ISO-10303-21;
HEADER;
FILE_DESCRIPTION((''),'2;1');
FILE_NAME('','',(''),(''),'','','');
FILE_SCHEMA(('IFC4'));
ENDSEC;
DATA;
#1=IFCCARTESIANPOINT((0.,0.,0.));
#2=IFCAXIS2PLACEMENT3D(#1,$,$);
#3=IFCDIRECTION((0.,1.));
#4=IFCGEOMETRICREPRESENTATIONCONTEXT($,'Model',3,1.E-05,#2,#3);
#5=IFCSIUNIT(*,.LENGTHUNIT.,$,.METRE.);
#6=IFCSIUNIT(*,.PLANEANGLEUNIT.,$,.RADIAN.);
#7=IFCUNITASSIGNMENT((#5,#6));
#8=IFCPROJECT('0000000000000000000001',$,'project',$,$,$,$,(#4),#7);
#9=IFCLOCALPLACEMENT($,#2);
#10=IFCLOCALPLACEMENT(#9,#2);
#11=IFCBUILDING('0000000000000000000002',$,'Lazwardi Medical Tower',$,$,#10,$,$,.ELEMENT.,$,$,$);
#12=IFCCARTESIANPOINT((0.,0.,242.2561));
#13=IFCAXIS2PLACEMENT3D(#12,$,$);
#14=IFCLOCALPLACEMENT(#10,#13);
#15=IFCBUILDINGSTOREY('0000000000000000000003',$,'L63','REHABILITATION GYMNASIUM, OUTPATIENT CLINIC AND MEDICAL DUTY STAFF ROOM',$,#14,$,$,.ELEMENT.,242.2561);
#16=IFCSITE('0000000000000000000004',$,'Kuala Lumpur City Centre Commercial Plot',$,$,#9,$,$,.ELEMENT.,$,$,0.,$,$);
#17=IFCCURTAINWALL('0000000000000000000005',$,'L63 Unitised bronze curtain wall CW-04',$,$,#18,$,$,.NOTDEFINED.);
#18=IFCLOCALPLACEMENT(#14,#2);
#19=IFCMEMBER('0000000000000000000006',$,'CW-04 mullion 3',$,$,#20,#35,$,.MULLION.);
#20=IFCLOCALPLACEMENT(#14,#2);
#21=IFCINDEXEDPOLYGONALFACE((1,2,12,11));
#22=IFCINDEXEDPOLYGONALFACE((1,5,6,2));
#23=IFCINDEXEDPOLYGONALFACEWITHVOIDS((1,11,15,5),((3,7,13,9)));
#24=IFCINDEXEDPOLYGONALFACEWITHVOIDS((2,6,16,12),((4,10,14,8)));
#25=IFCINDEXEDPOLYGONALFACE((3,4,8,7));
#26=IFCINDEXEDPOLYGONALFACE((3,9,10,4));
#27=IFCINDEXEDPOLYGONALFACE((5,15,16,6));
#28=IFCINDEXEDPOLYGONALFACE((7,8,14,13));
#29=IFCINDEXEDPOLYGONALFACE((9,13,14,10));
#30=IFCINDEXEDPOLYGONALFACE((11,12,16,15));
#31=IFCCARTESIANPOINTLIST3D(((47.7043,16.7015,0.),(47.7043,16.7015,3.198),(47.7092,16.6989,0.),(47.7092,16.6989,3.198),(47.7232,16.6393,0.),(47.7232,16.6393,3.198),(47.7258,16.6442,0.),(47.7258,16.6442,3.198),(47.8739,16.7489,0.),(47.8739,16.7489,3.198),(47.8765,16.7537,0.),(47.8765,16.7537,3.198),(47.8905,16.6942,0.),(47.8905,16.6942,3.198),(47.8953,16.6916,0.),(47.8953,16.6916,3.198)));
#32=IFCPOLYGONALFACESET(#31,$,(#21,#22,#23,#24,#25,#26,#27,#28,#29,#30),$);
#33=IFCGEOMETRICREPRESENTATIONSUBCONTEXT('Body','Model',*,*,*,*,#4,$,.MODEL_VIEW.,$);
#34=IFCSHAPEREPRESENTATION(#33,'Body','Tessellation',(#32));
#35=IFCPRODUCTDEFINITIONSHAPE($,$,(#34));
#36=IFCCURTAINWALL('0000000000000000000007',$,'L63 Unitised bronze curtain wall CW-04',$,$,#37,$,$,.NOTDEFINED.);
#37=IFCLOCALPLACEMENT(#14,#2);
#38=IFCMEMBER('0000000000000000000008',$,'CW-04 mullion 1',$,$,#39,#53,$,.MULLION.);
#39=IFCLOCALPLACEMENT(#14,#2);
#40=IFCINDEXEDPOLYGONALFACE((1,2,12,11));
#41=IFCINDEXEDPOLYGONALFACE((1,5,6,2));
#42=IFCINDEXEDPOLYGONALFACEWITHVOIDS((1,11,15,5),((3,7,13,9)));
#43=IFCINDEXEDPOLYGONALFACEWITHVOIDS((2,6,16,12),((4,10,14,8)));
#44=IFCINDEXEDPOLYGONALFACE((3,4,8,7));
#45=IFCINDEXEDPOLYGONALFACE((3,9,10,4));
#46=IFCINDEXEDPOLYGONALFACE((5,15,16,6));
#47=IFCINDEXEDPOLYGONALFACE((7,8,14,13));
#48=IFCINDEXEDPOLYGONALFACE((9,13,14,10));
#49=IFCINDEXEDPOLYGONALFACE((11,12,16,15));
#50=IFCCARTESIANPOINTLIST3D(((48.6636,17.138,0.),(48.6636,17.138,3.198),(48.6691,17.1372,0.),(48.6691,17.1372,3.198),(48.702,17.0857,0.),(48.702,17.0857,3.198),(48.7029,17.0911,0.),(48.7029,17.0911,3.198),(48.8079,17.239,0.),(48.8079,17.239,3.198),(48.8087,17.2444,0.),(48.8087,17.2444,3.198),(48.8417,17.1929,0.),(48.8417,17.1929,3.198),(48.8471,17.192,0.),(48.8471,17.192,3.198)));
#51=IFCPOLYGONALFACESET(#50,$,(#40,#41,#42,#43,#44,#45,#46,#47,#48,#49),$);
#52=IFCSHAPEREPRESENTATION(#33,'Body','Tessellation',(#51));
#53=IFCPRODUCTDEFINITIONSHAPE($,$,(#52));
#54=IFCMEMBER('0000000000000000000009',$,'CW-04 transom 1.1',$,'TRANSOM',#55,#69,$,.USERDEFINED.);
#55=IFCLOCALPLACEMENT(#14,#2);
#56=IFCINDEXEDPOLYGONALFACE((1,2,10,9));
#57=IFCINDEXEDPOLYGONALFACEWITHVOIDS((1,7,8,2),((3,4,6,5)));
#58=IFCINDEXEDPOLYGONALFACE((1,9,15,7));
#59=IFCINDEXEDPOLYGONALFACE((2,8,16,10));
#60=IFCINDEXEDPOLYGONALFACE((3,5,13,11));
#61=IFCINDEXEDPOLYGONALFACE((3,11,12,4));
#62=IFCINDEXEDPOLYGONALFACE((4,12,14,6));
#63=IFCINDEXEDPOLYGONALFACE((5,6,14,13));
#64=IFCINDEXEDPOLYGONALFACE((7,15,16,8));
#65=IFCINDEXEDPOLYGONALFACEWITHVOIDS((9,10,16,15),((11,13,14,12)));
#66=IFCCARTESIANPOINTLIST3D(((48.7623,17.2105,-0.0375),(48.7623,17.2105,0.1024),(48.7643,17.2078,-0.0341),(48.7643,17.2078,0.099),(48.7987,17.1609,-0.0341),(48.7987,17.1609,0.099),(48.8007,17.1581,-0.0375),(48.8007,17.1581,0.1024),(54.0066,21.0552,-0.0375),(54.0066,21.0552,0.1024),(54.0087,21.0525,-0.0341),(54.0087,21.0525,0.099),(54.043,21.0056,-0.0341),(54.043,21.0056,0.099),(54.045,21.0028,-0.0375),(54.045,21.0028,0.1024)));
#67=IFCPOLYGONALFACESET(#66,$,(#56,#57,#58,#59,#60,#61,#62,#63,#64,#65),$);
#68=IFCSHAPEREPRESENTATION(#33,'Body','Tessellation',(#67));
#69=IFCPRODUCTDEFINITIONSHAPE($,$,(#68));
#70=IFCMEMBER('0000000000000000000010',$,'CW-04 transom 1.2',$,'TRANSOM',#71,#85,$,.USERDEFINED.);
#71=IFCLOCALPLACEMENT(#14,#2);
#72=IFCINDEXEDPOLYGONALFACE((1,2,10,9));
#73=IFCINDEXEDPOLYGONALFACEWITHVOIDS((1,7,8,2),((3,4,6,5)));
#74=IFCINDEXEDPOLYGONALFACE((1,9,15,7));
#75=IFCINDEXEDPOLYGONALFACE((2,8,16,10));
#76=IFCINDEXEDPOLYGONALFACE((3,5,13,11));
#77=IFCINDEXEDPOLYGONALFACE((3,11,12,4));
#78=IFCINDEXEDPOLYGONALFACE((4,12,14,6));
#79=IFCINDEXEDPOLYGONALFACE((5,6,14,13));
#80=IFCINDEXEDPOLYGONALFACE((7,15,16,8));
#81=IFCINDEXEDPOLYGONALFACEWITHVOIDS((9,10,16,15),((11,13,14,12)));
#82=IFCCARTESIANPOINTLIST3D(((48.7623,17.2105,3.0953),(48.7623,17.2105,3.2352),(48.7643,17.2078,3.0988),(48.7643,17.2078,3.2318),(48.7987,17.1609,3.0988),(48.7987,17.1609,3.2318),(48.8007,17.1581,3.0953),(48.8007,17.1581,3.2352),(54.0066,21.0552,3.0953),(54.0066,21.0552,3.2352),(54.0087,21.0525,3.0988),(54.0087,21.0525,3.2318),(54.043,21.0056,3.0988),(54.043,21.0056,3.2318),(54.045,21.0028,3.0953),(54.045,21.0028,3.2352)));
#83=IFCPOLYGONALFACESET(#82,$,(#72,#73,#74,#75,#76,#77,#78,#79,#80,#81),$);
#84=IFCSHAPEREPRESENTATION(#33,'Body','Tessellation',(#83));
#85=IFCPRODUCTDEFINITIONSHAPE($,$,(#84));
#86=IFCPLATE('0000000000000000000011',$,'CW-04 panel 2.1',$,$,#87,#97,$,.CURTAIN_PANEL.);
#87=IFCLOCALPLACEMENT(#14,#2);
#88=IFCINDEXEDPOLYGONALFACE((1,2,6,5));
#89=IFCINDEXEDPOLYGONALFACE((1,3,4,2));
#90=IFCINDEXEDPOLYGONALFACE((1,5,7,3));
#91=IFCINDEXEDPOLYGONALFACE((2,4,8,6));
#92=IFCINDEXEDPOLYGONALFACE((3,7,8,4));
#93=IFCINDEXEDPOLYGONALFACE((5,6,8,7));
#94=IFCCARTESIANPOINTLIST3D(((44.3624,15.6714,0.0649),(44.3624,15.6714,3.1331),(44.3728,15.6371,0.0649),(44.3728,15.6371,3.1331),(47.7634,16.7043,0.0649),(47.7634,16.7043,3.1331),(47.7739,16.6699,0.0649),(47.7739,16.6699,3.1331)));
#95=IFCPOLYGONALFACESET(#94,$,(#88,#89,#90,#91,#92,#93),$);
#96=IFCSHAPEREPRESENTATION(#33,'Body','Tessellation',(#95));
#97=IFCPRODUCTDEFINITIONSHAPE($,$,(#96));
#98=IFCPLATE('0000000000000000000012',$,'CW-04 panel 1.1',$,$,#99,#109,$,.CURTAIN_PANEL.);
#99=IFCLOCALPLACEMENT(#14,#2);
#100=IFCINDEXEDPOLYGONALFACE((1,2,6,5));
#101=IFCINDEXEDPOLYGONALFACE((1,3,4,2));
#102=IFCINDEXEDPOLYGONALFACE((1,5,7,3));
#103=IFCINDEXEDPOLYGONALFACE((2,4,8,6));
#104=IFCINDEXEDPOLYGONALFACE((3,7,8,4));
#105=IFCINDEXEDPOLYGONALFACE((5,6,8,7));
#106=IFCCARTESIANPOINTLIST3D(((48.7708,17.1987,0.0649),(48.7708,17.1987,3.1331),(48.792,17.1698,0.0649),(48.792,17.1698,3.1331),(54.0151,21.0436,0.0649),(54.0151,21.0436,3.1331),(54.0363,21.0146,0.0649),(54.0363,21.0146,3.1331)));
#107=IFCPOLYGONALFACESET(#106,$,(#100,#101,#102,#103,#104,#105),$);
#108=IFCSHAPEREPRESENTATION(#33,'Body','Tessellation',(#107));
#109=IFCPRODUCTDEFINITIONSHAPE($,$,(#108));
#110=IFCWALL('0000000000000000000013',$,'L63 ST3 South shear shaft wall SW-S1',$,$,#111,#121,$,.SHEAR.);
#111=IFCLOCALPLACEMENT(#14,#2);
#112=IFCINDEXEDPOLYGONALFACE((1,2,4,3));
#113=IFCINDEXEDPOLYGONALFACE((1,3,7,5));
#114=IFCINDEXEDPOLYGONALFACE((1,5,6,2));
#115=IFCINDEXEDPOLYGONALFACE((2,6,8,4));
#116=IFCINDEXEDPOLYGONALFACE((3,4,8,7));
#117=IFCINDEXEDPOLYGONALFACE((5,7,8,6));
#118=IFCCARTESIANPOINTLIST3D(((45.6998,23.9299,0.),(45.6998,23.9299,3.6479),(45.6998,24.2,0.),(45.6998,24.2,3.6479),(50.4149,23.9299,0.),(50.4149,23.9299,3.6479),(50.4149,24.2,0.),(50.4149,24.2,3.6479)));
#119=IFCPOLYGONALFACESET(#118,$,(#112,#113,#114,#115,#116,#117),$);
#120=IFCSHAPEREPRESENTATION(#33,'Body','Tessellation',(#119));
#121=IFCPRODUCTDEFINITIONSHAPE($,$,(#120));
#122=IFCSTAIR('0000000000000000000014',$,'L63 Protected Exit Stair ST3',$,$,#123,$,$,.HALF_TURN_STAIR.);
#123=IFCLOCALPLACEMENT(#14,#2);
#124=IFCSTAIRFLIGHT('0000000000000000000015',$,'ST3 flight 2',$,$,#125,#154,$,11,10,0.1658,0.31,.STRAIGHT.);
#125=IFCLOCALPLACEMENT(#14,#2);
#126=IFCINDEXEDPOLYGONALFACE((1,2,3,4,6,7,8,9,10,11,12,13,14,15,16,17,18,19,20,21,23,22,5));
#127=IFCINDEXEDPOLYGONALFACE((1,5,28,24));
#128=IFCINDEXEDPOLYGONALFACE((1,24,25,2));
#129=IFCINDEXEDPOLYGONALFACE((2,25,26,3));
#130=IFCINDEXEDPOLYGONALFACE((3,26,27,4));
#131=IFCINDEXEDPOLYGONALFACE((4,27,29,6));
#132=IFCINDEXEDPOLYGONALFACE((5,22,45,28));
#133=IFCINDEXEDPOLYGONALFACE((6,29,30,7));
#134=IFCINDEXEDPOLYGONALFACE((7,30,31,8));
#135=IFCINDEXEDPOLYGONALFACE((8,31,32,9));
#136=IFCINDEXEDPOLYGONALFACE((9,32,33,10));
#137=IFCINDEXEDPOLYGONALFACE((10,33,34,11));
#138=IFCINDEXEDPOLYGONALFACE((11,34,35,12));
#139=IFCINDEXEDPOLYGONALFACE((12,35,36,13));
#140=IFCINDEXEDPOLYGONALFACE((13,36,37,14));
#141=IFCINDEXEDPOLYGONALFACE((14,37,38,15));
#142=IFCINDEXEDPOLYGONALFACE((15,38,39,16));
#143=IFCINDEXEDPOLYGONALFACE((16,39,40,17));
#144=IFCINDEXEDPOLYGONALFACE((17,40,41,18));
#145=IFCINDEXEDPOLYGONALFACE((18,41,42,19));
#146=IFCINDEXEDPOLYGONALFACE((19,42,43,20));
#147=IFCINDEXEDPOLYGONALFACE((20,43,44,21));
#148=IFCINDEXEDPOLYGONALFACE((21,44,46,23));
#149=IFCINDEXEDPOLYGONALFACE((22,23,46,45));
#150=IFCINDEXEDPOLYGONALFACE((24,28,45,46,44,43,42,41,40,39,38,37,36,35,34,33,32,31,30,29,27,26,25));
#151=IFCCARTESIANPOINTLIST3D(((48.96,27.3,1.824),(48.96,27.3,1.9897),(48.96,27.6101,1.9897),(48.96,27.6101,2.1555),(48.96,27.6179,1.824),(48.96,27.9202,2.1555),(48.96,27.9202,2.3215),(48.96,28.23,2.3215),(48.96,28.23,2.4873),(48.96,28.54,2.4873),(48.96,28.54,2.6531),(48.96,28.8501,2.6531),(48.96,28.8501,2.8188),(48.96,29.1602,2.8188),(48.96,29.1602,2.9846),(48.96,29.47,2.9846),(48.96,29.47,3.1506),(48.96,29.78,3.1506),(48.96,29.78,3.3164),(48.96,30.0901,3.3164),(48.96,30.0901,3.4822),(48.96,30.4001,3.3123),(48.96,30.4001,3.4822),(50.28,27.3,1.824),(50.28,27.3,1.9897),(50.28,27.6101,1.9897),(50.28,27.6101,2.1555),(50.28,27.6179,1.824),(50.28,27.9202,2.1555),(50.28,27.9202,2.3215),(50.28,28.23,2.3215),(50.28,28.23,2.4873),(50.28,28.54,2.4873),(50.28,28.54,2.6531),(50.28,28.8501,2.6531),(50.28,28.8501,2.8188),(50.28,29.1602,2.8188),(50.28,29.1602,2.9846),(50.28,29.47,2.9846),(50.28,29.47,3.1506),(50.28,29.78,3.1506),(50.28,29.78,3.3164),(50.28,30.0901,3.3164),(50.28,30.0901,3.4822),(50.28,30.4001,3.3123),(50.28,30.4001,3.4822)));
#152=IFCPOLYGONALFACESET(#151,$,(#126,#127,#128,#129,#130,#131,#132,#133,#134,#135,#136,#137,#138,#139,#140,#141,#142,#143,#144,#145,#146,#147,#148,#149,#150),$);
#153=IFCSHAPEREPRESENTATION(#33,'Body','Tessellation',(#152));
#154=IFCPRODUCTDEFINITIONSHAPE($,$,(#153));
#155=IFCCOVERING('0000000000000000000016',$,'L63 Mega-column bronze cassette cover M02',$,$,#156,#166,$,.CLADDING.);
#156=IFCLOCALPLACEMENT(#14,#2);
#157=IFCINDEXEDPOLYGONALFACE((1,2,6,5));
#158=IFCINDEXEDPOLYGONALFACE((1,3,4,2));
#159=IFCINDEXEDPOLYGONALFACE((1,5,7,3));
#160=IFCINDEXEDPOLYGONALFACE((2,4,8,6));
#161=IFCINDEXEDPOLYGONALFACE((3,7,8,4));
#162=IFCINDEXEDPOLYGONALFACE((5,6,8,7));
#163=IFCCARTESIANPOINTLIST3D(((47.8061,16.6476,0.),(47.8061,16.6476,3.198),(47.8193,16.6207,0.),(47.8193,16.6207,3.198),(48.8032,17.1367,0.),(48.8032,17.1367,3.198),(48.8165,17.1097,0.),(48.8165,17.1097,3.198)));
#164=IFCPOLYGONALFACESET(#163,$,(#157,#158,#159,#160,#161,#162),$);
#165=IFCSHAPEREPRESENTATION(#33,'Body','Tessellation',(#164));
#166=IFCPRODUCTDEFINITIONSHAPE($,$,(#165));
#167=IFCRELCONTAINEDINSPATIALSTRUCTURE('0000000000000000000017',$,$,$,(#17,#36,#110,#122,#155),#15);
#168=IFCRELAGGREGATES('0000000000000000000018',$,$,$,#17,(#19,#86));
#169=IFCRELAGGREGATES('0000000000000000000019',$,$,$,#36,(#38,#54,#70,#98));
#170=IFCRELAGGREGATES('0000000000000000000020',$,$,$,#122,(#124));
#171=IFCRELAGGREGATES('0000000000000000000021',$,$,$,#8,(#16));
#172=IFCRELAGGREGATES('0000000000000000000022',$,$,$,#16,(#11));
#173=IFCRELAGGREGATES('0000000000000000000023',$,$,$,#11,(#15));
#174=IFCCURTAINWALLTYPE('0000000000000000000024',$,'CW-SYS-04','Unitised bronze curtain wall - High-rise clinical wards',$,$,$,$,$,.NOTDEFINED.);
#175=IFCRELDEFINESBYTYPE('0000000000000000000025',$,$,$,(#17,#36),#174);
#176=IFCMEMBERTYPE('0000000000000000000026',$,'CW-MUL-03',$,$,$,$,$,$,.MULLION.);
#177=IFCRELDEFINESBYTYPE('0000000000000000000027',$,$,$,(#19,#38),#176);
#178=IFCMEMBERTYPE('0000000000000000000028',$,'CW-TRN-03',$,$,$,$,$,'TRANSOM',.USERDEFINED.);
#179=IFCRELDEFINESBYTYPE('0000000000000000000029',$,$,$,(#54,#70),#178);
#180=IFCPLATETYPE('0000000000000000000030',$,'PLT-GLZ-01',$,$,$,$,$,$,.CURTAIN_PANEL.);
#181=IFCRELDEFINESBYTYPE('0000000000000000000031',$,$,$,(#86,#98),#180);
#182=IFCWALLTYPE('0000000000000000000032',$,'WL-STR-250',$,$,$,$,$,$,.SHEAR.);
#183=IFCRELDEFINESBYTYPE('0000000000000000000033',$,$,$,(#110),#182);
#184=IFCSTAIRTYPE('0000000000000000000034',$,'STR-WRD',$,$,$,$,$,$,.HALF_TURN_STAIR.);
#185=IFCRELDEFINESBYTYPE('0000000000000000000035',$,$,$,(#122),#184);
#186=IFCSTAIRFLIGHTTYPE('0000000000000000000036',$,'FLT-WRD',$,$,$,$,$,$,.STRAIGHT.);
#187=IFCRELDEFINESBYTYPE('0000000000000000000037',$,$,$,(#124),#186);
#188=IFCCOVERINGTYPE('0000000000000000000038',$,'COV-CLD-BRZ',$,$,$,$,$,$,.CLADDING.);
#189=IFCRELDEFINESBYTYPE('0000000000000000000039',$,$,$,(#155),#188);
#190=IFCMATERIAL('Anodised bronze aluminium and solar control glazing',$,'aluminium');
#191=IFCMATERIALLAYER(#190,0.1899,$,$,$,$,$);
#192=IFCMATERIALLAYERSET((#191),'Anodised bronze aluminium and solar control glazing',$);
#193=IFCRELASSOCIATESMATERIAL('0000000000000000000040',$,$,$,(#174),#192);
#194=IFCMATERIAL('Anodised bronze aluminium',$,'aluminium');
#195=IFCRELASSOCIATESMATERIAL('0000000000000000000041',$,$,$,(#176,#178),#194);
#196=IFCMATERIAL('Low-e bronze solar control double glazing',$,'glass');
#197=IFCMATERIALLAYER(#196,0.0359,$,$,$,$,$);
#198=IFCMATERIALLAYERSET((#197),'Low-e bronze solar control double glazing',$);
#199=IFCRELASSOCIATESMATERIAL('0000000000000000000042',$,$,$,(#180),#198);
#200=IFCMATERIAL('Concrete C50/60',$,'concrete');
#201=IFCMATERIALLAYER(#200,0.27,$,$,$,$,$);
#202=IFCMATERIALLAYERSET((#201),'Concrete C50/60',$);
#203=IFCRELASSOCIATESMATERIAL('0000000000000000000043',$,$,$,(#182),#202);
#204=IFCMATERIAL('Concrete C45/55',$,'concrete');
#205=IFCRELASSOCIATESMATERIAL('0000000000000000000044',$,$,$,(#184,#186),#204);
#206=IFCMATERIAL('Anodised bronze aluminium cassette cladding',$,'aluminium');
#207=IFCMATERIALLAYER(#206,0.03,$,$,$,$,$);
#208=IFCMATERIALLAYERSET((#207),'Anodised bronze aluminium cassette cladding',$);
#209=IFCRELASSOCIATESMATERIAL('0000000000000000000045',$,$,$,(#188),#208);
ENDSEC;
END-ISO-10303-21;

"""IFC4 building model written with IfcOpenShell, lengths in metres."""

from ifc_helpers import new_model, si_unit, direction, frame, frame_2d, origin, origin_2d, place, context, subcontext, project, spatial, polyline, rectangle, hollow_rectangle, outline, extrude, material, layer, layer_set, material_profile, profile_set, type_object, element, aggregate, save


model = new_model("IFC4")

# Units and contexts
model_context = context("Model", 3, precision=1e-05, world=origin(), true_north=direction((0.0, 1.0)))
body_context = subcontext(model_context, "Body", "Model", "MODEL_VIEW")
ifc_project = project(units=[si_unit("LENGTHUNIT", "METRE"), si_unit("PLANEANGLEUNIT", "RADIAN")], contexts=[model_context])

# Site, building, storey
site_placement = place(None, origin())
site = spatial("IfcSite", under=ifc_project, at=site_placement, Name="Kuala Lumpur City Centre Commercial Plot", CompositionType="ELEMENT", RefElevation=0.0)
building_placement = place(site_placement, origin())
building = spatial("IfcBuilding", under=site, at=building_placement, Name="Lazwardi Medical Tower", CompositionType="ELEMENT")
storey_placement = place(building_placement, frame((0.0, 0.0, 242.2561)))
storey = spatial("IfcBuildingStorey", under=building, at=storey_placement, Name="L63", Description="REHABILITATION GYMNASIUM, OUTPATIENT CLINIC AND MEDICAL DUTY STAFF ROOM", CompositionType="ELEMENT", Elevation=242.2561)

# Curtain wall, member
ifc_material_1 = material(Name="Anodised bronze aluminium and solar control glazing", Category="aluminium")
ifc_layer_1 = layer(ifc_material_1, 0.1899)
ifc_layer_set_1 = layer_set([ifc_layer_1], Name="Anodised bronze aluminium and solar control glazing")
curtain_wall_type = type_object("IfcCurtainWallType", Name="CW-SYS-04", Description="Unitised bronze curtain wall - High-rise clinical wards", PredefinedType="NOTDEFINED", material=ifc_layer_set_1)
curtain_wall_1_placement = place(storey_placement, origin())
curtain_wall_1 = element("IfcCurtainWall", 1, at=curtain_wall_1_placement, inside=storey, type_object=curtain_wall_type, Name="L63 Unitised bronze curtain wall CW-04", PredefinedType="NOTDEFINED")
ifc_material_2 = material(Name="Anodised bronze aluminium", Category="aluminium")
ifc_material_profile_1 = material_profile(ifc_material_2, hollow_rectangle(XDim=0.0649, YDim=0.1799, WallThickness=0.0039, at=origin_2d()), Name="ALU-MULLION 180x65x4")
ifc_profile_set_1 = profile_set([ifc_material_profile_1], Name="Anodised bronze aluminium")
member_type_1 = type_object("IfcMemberType", Name="CW-MUL-03", PredefinedType="MULLION", material=ifc_profile_set_1)
member_1_placement = place(storey_placement, frame((47.7998, 16.6965, 0.0), z_axis=(0.0, 0.0, 1.0), x_axis=(-0.290582, 0.95685, 0.0)))
member_1 = element("IfcMember", 2, at=member_1_placement, type_object=member_type_1, Name="CW-04 mullion 3", PredefinedType="MULLION", context=body_context, shape_type="SweptSolid", body=[
    extrude(hollow_rectangle(XDim=0.0649, YDim=0.1799, WallThickness=0.0039, at=origin_2d()), origin(), (0.0, 0.0, 1.0), 3.198),
])

# Curtain wall, members
curtain_wall_2_placement = place(storey_placement, origin())
curtain_wall_2 = element("IfcCurtainWall", 3, at=curtain_wall_2_placement, inside=storey, type_object=curtain_wall_type, Name="L63 Unitised bronze curtain wall CW-04", PredefinedType="NOTDEFINED")
member_2_placement = place(storey_placement, frame((48.7554, 17.165, 0.0), z_axis=(0.0, 0.0, 1.0), x_axis=(-0.591268, 0.806475, 0.0)))
member_2 = element("IfcMember", 4, at=member_2_placement, type_object=member_type_1, Name="CW-04 mullion 1", PredefinedType="MULLION", context=body_context, shape_type="SweptSolid", body=[
    extrude(hollow_rectangle(XDim=0.0649, YDim=0.1799, WallThickness=0.0039, at=origin_2d()), origin(), (0.0, 0.0, 1.0), 3.198),
])
ifc_material_profile_2 = material_profile(ifc_material_2, hollow_rectangle(XDim=0.0649, YDim=0.1399, WallThickness=0.0034, at=origin_2d()), Name="ALU-TRANSOM 140x65x3.5")
ifc_profile_set_2 = profile_set([ifc_material_profile_2], Name="Anodised bronze aluminium")
member_type_2 = type_object("IfcMemberType", Name="CW-TRN-03", ElementType="TRANSOM", PredefinedType="USERDEFINED", material=ifc_profile_set_2)
member_3_placement = place(storey_placement, frame((48.7815, 17.1843, 0.0325), z_axis=(0.80649, 0.591248, 0.0), x_axis=(-0.591248, 0.80649, 0.0)))
member_3 = element("IfcMember", 5, at=member_3_placement, type_object=member_type_2, Name="CW-04 transom 1.1", ObjectType="TRANSOM", PredefinedType="USERDEFINED", context=body_context, shape_type="SweptSolid", body=[
    extrude(hollow_rectangle(XDim=0.0649, YDim=0.1399, WallThickness=0.0034, at=origin_2d()), origin(), (0.0, 0.0, 1.0), 6.5027),
])
member_4_placement = place(storey_placement, frame((48.7815, 17.1843, 3.1653), z_axis=(0.80649, 0.591248, 0.0), x_axis=(-0.591248, 0.80649, 0.0)))
member_4 = element("IfcMember", 6, at=member_4_placement, type_object=member_type_2, Name="CW-04 transom 1.2", ObjectType="TRANSOM", PredefinedType="USERDEFINED", context=body_context, shape_type="SweptSolid", body=[
    extrude(hollow_rectangle(XDim=0.0649, YDim=0.1399, WallThickness=0.0034, at=origin_2d()), origin(), (0.0, 0.0, 1.0), 6.5027),
])

# Plates
ifc_material_3 = material(Name="Low-e bronze solar control double glazing", Category="glass")
ifc_layer_2 = layer(ifc_material_3, 0.0359)
ifc_layer_set_2 = layer_set([ifc_layer_2], Name="Low-e bronze solar control double glazing")
plate_type = type_object("IfcPlateType", Name="PLT-GLZ-01", PredefinedType="CURTAIN_PANEL", material=ifc_layer_set_2)
plate_1_placement = place(storey_placement, frame((46.0681, 16.1707, 0.0649), z_axis=(0.0, 0.0, 1.0), x_axis=(0.95685, 0.290582, 0.0)))
plate_1 = element("IfcPlate", 7, at=plate_1_placement, type_object=plate_type, Name="CW-04 panel 2.1", PredefinedType="CURTAIN_PANEL", context=body_context, shape_type="SweptSolid", body=[
    extrude(rectangle(XDim=3.5544, YDim=0.0359, at=origin_2d()), origin(), (0.0, 0.0, 1.0), 3.0681),
])
aggregate(curtain_wall_1, [member_1, plate_1])
plate_2_placement = place(storey_placement, frame((51.4036, 19.1067, 0.0649), z_axis=(0.0, 0.0, 1.0), x_axis=(0.806475, 0.591268, 0.0)))
plate_2 = element("IfcPlate", 8, at=plate_2_placement, type_object=plate_type, Name="CW-04 panel 1.1", PredefinedType="CURTAIN_PANEL", context=body_context, shape_type="SweptSolid", body=[
    extrude(rectangle(XDim=6.5027, YDim=0.0359, at=origin_2d()), origin(), (0.0, 0.0, 1.0), 3.0681),
])
aggregate(curtain_wall_2, [member_2, member_3, member_4, plate_2])

# Wall
ifc_material_4 = material(Name="Concrete C50/60", Category="concrete")
ifc_layer_3 = layer(ifc_material_4, 0.27)
ifc_layer_set_3 = layer_set([ifc_layer_3], Name="Concrete C50/60")
wall_type = type_object("IfcWallType", Name="WL-STR-250", PredefinedType="SHEAR", material=ifc_layer_set_3)
wall_placement = place(storey_placement, frame((45.7, 24.0649, 0.0), z_axis=(0.0, 0.0, 1.0), x_axis=(1.0, 0.0, 0.0)))
element("IfcWall", 9, at=wall_placement, inside=storey, type_object=wall_type, Name="L63 ST3 South shear shaft wall SW-S1", PredefinedType="SHEAR", context=body_context, shape_type="SweptSolid", body=[
    extrude(rectangle(XDim=4.7151, YDim=0.27, at=frame_2d((2.3574, 0.0))), origin(), (0.0, 0.0, 1.0), 3.6479),
])

# Stair, stair flight
ifc_material_5 = material(Name="Concrete C45/55", Category="concrete")
stair_type = type_object("IfcStairType", Name="STR-WRD", PredefinedType="HALF_TURN_STAIR", material=ifc_material_5)
stair_placement = place(storey_placement, origin())
stair = element("IfcStair", 10, at=stair_placement, inside=storey, type_object=stair_type, Name="L63 Protected Exit Stair ST3", PredefinedType="HALF_TURN_STAIR")
stair_flight_type = type_object("IfcStairFlightType", Name="FLT-WRD", PredefinedType="STRAIGHT", material=ifc_material_5)
stair_flight_placement = place(storey_placement, frame((49.6201, 27.3, 1.824), z_axis=(0.0, 0.0, 1.0), x_axis=(0.0, 1.0, 0.0)))
stair_flight = element("IfcStairFlight", 11, at=stair_flight_placement, type_object=stair_flight_type, Name="ST3 flight 2", NumberOfRisers=11, NumberOfTreads=10, PredefinedType="STRAIGHT", RiserHeight=0.1658, TreadLength=0.31, context=body_context, shape_type="SweptSolid", body=[
    extrude(outline(polyline([(0.0, 0.0), (0.0, 0.1658), (0.3101, 0.1658), (0.3101, 0.3315), (0.6201, 0.3315), (0.6201, 0.4976), (0.9299, 0.4976), (0.9299, 0.6633), (1.24, 0.6633), (1.24, 0.8291), (1.55, 0.8291), (1.55, 0.9949), (1.8601, 0.9949), (1.8601, 1.1606), (2.1699, 1.1606), (2.1699, 1.3267), (2.48, 1.3267), (2.48, 1.4924), (2.79, 1.4924), (2.79, 1.6582), (3.1001, 1.6582), (3.1001, 1.824), (3.1001, 1.4883), (0.3179, 0.0), (0.0, 0.0)])), frame((0.0, 0.6602, 0.0), z_axis=(0.0, -1.0, 0.0), x_axis=(1.0, 0.0, 0.0)), (0.0, 0.0, 1.0), 1.3201),
])
aggregate(stair, [stair_flight])

# Covering
ifc_material_6 = material(Name="Anodised bronze aluminium cassette cladding", Category="aluminium")
ifc_layer_4 = layer(ifc_material_6, 0.03)
ifc_layer_set_4 = layer_set([ifc_layer_4], Name="Anodised bronze aluminium cassette cladding")
covering_type = type_object("IfcCoveringType", Name="COV-CLD-BRZ", PredefinedType="CLADDING", material=ifc_layer_set_4)
covering_placement = place(storey_placement, frame((48.3113, 16.8787, 0.0), z_axis=(0.0, 0.0, 1.0), x_axis=(0.89784, 0.440322, 0.0)))
element("IfcCovering", 12, at=covering_placement, inside=storey, type_object=covering_type, Name="L63 Mega-column bronze cassette cover M02", PredefinedType="CLADDING", context=body_context, shape_type="SweptSolid", body=[
    extrude(rectangle(XDim=1.1106, YDim=0.03, at=origin_2d()), origin(), (0.0, 0.0, 1.0), 3.198),
])

save(model, "model.ifc")
